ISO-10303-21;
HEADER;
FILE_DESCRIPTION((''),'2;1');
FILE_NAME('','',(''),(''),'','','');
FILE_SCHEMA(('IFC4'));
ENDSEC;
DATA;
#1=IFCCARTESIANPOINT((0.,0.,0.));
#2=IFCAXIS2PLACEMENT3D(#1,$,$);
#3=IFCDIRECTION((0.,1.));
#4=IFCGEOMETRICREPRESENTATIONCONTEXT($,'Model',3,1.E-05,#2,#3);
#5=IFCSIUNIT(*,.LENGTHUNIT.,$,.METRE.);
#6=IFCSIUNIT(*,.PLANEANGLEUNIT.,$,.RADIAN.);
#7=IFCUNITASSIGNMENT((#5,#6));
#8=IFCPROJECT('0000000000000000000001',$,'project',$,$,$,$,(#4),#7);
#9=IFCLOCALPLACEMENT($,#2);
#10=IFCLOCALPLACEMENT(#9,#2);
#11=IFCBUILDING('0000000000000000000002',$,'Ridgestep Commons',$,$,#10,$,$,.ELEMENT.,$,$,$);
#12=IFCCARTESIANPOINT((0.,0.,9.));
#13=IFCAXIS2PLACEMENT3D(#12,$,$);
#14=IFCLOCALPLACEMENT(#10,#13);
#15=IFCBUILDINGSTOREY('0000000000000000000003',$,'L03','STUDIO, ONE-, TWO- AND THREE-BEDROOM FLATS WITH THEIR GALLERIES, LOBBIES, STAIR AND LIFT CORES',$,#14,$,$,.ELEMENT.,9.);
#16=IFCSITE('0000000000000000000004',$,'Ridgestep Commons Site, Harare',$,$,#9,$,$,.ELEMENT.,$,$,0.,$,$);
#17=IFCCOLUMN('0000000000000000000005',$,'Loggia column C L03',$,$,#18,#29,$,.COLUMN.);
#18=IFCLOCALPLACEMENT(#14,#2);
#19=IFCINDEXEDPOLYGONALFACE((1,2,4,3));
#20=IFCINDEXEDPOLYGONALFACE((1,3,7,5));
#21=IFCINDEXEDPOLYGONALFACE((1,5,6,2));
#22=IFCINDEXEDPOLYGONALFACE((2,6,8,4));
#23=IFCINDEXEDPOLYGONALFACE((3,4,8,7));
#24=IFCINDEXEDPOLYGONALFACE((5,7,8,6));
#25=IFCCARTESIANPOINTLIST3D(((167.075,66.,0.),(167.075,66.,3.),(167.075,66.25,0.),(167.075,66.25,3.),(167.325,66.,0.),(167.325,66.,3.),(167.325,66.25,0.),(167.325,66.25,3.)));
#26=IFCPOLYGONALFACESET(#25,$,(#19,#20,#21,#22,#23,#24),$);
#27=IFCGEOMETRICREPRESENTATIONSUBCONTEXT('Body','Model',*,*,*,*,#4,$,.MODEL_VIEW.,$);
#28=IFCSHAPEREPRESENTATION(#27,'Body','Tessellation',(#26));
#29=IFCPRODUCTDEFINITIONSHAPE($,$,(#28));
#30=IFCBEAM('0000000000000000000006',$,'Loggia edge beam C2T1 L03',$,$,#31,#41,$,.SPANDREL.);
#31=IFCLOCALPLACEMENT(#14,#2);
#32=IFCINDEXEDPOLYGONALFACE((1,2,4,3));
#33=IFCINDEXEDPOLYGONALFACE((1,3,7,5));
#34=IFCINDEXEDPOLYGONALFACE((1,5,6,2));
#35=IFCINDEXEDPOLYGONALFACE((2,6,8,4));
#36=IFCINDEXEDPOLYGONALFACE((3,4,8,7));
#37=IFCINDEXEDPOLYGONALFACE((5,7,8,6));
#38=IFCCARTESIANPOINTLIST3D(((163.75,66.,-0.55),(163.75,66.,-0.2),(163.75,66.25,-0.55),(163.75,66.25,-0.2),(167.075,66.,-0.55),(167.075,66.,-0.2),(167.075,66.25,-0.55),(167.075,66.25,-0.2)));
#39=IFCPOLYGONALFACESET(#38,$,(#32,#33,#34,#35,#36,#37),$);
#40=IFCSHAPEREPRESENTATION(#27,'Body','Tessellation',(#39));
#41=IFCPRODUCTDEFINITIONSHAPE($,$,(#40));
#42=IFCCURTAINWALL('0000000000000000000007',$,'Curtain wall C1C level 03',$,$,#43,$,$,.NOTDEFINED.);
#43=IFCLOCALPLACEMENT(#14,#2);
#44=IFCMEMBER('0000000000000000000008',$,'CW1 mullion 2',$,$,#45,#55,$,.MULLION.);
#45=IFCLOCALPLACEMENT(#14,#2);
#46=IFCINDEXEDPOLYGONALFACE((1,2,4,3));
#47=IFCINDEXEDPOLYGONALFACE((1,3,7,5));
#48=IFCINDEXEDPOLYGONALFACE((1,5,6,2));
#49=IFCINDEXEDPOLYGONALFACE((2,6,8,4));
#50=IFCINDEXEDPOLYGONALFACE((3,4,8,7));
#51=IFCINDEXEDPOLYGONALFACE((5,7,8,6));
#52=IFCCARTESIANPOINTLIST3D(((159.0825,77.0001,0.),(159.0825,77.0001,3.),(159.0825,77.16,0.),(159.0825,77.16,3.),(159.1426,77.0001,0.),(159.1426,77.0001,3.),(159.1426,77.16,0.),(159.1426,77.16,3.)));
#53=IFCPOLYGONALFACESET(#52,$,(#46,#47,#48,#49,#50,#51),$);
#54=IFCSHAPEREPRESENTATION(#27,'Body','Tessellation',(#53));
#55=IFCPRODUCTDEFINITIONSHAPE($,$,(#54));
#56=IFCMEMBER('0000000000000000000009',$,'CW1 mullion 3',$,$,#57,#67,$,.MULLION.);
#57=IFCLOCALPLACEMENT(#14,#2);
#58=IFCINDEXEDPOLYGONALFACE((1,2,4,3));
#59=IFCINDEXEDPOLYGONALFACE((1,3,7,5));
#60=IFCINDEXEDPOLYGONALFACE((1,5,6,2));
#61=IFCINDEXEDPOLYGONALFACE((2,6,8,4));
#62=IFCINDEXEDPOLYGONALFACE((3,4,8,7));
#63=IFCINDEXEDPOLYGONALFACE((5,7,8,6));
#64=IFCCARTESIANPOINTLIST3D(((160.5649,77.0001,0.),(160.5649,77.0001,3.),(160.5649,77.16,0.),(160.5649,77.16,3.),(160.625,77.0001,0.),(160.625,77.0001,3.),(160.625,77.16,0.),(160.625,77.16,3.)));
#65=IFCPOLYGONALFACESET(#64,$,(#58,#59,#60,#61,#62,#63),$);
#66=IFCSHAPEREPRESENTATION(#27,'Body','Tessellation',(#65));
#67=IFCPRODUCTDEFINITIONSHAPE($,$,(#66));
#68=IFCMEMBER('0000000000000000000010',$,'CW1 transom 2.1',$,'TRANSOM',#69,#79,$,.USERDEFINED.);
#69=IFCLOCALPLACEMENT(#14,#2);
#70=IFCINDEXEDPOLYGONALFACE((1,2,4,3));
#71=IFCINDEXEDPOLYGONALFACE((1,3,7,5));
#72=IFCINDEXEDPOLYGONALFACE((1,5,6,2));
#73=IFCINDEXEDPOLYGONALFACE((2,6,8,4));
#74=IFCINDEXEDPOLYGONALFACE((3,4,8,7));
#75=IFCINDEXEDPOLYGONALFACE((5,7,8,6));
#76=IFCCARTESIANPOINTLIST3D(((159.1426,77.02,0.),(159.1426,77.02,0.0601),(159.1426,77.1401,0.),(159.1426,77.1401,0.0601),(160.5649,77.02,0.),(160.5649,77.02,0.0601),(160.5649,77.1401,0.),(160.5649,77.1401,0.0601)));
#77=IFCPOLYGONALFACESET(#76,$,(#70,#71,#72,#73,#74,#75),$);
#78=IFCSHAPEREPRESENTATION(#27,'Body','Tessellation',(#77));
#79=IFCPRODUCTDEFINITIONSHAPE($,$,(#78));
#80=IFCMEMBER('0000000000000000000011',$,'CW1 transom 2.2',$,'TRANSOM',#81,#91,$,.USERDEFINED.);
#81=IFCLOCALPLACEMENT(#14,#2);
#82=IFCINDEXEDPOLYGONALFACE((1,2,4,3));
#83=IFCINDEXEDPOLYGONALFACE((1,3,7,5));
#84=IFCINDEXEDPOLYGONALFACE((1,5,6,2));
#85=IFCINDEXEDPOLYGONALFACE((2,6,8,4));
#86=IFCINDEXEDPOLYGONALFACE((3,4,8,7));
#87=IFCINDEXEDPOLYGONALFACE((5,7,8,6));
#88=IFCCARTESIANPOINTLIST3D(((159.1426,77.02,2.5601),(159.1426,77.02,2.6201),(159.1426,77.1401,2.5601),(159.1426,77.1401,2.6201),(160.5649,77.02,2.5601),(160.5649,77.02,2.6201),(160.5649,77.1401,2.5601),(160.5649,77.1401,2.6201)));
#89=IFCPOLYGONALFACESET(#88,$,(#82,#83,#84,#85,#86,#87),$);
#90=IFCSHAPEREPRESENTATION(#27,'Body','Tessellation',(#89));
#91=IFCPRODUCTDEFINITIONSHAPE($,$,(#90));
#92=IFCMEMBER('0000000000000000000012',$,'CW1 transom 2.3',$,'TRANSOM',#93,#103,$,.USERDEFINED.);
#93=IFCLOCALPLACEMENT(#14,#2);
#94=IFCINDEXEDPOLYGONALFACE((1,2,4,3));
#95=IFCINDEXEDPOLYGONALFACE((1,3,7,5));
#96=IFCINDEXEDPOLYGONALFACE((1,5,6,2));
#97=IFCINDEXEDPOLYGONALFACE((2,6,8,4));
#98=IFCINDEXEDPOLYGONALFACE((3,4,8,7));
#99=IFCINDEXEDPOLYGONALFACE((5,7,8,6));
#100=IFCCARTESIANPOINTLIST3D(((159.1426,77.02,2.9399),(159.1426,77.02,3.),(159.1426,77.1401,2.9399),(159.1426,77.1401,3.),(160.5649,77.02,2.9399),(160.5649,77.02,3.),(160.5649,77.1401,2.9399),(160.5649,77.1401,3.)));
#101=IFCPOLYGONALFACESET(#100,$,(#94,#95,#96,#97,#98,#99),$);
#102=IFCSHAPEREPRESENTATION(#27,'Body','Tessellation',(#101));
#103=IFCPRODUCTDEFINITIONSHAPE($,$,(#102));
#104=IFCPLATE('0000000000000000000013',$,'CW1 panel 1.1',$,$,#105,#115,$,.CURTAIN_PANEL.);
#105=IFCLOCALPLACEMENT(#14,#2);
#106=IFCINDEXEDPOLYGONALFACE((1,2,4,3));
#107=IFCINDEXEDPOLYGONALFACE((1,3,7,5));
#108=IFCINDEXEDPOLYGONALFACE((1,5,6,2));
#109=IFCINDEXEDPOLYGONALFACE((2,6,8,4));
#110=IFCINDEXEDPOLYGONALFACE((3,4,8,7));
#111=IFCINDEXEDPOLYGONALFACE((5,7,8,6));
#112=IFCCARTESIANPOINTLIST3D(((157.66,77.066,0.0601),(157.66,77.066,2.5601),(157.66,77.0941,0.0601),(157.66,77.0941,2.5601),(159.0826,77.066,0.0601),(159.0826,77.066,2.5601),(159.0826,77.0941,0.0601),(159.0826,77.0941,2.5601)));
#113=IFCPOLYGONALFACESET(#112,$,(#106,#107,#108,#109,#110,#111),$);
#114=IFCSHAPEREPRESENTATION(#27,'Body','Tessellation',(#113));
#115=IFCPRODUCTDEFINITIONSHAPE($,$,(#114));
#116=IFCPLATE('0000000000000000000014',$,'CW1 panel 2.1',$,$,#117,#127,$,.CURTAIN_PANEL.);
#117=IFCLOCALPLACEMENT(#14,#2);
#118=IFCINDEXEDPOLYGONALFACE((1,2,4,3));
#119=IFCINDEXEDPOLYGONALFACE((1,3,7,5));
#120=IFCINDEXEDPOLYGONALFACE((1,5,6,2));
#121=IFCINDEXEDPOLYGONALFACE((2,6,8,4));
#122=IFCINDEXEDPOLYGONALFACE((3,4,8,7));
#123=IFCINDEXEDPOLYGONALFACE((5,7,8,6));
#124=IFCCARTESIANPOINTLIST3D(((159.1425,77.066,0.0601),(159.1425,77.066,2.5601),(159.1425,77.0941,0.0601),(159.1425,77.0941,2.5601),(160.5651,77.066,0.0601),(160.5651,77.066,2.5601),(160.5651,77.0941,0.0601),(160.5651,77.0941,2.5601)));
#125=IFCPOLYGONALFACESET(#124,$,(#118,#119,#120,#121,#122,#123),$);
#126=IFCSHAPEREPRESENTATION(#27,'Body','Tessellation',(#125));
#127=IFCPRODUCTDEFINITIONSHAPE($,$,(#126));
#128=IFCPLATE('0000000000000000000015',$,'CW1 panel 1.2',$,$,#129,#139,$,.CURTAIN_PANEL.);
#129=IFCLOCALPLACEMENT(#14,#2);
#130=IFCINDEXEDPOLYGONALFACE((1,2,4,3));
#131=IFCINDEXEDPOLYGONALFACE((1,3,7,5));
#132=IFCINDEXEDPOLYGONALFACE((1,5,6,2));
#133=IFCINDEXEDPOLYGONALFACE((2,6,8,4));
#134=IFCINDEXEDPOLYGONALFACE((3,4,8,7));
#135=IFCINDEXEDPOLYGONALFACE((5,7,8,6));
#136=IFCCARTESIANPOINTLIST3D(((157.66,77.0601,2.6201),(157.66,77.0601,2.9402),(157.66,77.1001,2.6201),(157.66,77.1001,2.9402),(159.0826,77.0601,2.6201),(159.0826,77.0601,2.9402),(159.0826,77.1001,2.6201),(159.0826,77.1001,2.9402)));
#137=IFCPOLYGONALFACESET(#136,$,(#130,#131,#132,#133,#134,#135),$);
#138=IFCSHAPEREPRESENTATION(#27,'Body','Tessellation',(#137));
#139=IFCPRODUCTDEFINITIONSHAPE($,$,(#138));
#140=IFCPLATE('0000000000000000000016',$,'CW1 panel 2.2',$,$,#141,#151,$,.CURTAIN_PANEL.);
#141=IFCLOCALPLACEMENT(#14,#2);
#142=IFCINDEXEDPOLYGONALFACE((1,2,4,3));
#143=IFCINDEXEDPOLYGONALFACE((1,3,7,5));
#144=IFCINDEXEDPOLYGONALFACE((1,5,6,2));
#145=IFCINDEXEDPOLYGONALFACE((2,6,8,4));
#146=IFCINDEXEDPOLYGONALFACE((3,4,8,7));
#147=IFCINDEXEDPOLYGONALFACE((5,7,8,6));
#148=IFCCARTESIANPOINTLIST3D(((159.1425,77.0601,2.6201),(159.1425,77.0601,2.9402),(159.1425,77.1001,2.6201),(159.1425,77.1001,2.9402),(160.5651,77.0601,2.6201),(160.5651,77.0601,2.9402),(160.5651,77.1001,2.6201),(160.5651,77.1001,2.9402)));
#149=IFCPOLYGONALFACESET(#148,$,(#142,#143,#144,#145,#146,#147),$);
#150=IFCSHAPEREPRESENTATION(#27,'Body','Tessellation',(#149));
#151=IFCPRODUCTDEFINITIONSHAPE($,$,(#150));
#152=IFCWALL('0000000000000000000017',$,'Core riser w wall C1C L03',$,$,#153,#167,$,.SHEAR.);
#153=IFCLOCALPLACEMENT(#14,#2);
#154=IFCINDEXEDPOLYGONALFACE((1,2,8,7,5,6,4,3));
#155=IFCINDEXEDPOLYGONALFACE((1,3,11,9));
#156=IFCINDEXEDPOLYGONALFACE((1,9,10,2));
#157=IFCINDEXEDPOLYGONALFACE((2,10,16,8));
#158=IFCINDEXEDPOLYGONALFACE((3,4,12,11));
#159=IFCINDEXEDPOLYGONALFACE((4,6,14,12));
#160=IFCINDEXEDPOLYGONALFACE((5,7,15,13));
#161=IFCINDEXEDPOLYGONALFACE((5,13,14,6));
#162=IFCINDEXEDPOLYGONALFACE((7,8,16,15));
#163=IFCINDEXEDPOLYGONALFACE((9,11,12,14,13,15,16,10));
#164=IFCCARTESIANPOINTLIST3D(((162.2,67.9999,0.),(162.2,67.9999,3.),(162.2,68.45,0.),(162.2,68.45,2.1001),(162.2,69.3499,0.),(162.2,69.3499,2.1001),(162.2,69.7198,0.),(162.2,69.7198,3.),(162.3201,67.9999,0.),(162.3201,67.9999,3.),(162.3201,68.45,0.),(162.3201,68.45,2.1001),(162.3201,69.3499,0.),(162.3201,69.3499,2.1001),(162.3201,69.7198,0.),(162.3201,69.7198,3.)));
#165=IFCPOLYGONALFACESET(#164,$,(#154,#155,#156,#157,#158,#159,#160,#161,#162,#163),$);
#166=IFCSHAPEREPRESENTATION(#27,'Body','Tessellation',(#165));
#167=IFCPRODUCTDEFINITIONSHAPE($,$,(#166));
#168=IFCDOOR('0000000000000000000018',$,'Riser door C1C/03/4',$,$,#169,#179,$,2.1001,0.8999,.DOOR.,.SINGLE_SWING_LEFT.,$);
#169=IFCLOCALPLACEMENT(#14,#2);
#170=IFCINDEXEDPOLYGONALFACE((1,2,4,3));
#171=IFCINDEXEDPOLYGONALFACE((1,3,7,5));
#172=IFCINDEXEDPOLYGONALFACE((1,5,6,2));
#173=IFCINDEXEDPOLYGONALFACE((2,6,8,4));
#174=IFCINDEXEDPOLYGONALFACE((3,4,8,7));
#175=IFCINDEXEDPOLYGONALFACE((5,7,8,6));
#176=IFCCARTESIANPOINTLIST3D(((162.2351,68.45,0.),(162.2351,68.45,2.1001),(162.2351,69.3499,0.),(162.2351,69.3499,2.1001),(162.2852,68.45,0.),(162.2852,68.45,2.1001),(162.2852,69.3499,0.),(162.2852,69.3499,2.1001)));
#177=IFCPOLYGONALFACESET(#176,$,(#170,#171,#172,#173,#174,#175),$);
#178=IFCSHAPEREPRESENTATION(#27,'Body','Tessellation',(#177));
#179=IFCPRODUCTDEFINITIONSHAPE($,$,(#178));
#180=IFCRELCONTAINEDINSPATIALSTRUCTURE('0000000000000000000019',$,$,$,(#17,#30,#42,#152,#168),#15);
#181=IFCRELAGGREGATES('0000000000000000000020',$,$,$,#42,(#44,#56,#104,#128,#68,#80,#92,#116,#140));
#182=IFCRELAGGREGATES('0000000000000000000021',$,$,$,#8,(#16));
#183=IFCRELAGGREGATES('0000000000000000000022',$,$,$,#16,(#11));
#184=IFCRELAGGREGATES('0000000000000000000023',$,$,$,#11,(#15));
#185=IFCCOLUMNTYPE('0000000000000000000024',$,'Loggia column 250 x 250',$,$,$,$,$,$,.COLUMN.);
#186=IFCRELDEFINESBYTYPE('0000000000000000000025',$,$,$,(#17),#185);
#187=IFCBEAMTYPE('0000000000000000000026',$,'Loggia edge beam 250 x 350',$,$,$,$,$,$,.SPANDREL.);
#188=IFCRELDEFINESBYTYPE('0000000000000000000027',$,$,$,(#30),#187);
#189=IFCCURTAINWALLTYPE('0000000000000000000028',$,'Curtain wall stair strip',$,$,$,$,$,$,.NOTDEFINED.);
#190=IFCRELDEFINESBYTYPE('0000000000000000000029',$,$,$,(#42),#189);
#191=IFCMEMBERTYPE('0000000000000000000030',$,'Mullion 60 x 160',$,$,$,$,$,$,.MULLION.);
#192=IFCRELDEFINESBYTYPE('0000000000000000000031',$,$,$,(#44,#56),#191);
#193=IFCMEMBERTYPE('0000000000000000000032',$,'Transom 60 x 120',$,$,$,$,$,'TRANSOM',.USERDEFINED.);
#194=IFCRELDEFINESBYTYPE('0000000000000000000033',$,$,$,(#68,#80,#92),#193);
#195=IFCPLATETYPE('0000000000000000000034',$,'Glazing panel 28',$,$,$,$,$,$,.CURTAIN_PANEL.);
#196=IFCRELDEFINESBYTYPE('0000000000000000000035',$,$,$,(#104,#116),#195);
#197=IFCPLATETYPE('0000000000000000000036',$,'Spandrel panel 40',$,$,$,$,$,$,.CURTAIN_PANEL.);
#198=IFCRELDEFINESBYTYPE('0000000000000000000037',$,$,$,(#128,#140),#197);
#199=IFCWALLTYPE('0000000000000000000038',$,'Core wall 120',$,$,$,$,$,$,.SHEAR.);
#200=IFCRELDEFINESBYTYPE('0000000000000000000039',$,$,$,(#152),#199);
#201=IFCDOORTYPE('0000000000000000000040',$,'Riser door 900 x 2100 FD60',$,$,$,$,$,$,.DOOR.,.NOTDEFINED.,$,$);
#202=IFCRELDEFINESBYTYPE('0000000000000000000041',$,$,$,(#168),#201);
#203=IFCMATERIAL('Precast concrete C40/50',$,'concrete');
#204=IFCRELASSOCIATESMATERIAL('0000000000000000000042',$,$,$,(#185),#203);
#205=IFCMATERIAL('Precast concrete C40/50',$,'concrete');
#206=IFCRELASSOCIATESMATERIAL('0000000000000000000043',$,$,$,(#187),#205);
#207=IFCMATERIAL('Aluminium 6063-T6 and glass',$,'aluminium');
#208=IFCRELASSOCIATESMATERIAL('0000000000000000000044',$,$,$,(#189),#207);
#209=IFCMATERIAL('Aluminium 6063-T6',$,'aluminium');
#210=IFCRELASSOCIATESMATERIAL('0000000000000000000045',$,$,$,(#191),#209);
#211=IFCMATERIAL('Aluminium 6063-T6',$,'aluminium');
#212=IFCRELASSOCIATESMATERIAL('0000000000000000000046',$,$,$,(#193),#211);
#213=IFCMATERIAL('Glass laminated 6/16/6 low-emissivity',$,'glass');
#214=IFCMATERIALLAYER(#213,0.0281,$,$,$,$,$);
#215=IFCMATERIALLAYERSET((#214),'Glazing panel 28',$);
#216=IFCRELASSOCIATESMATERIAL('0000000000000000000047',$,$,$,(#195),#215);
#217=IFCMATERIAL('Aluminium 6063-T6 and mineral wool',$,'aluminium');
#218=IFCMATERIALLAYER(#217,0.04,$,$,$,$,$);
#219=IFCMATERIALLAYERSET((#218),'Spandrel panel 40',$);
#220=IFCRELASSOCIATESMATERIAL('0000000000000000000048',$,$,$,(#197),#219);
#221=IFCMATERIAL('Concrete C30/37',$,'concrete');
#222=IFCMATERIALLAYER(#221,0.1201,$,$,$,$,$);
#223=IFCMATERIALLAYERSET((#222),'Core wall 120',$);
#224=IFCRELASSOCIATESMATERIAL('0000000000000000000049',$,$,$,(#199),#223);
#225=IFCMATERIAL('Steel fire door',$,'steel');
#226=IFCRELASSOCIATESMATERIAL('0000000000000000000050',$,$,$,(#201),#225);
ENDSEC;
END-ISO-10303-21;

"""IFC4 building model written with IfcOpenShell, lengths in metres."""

from ifc_helpers import new_model, si_unit, direction, frame, frame_2d, origin, origin_2d, place, context, subcontext, project, spatial, rectangle, extrude, material, layer, layer_set, material_profile, profile_set, type_object, element, fill, aggregate, save


model = new_model("IFC4")

# Units and contexts
model_context = context("Model", 3, precision=1e-05, world=origin(), true_north=direction((0.0, 1.0)))
body_context = subcontext(model_context, "Body", "Model", "MODEL_VIEW")
ifc_project = project(units=[si_unit("LENGTHUNIT", "METRE"), si_unit("PLANEANGLEUNIT", "RADIAN")], contexts=[model_context])

# Site, building, storey
site_placement = place(None, origin())
site = spatial("IfcSite", under=ifc_project, at=site_placement, Name="Ridgestep Commons Site, Harare", CompositionType="ELEMENT", RefElevation=0.0)
building_placement = place(site_placement, origin())
building = spatial("IfcBuilding", under=site, at=building_placement, Name="Ridgestep Commons", CompositionType="ELEMENT")
storey_placement = place(building_placement, frame((0.0, 0.0, 9.0)))
storey = spatial("IfcBuildingStorey", under=building, at=storey_placement, Name="L03", Description="STUDIO, ONE-, TWO- AND THREE-BEDROOM FLATS WITH THEIR GALLERIES, LOBBIES, STAIR AND LIFT CORES", CompositionType="ELEMENT", Elevation=9.0)

# Column
ifc_material_1 = material(Name="Precast concrete C40/50", Category="concrete")
ifc_material_profile_1 = material_profile(ifc_material_1, rectangle(XDim=0.25, YDim=0.25, at=origin_2d()), Name="PC 250x250")
ifc_profile_set_1 = profile_set([ifc_material_profile_1], Name="Precast concrete C40/50")
column_type = type_object("IfcColumnType", Name="Loggia column 250 x 250", PredefinedType="COLUMN", material=ifc_profile_set_1)
column_placement = place(storey_placement, frame((167.2, 66.125, 0.0), z_axis=(0.0, 0.0, 1.0), x_axis=(1.0, 0.0, 0.0)))
element("IfcColumn", 1, at=column_placement, inside=storey, type_object=column_type, Name="Loggia column C L03", PredefinedType="COLUMN", context=body_context, shape_type="SweptSolid", body=[
    extrude(rectangle(XDim=0.25, YDim=0.25, at=origin_2d()), origin(), (0.0, 0.0, 1.0), 3.0),
])

# Beam
ifc_material_2 = material(Name="Precast concrete C40/50", Category="concrete")
ifc_material_profile_2 = material_profile(ifc_material_2, rectangle(XDim=0.25, YDim=0.3501, at=origin_2d()), Name="PC 250x350")
ifc_profile_set_2 = profile_set([ifc_material_profile_2], Name="Precast concrete C40/50")
beam_type = type_object("IfcBeamType", Name="Loggia edge beam 250 x 350", PredefinedType="SPANDREL", material=ifc_profile_set_2)
beam_placement = place(storey_placement, frame((163.75, 66.125, -0.375), z_axis=(1.0, 0.0, 0.0), x_axis=(0.0, 1.0, 0.0)))
element("IfcBeam", 2, at=beam_placement, inside=storey, type_object=beam_type, Name="Loggia edge beam C2T1 L03", PredefinedType="SPANDREL", context=body_context, shape_type="SweptSolid", body=[
    extrude(rectangle(XDim=0.25, YDim=0.3501, at=origin_2d()), origin(), (0.0, 0.0, 1.0), 3.325),
])

# Curtain wall, members, plates
ifc_material_3 = material(Name="Aluminium 6063-T6 and glass", Category="aluminium")
curtain_wall_type = type_object("IfcCurtainWallType", Name="Curtain wall stair strip", PredefinedType="NOTDEFINED", material=ifc_material_3)
curtain_wall_placement = place(storey_placement, origin())
curtain_wall = element("IfcCurtainWall", 3, at=curtain_wall_placement, inside=storey, type_object=curtain_wall_type, Name="Curtain wall C1C level 03", PredefinedType="NOTDEFINED")
ifc_material_4 = material(Name="Aluminium 6063-T6", Category="aluminium")
ifc_material_profile_3 = material_profile(ifc_material_4, rectangle(XDim=0.1599, YDim=0.0601, at=origin_2d()), Name="Mullion 60 x 160")
ifc_profile_set_3 = profile_set([ifc_material_profile_3], Name="Aluminium 6063-T6")
member_type_1 = type_object("IfcMemberType", Name="Mullion 60 x 160", PredefinedType="MULLION", material=ifc_profile_set_3)
member_1_placement = place(storey_placement, frame((159.1125, 77.0801, 0.0), z_axis=(0.0, 0.0, 1.0), x_axis=(0.0, 1.0, 0.0)))
member_1 = element("IfcMember", 4, at=member_1_placement, type_object=member_type_1, Name="CW1 mullion 2", PredefinedType="MULLION", context=body_context, shape_type="SweptSolid", body=[
    extrude(rectangle(XDim=0.1599, YDim=0.0601, at=origin_2d()), origin(), (0.0, 0.0, 1.0), 3.0),
])
member_2_placement = place(storey_placement, frame((160.595, 77.0801, 0.0), z_axis=(0.0, 0.0, 1.0), x_axis=(0.0, 1.0, 0.0)))
member_2 = element("IfcMember", 5, at=member_2_placement, type_object=member_type_1, Name="CW1 mullion 3", PredefinedType="MULLION", context=body_context, shape_type="SweptSolid", body=[
    extrude(rectangle(XDim=0.1599, YDim=0.0601, at=origin_2d()), origin(), (0.0, 0.0, 1.0), 3.0),
])
ifc_material_5 = material(Name="Aluminium 6063-T6", Category="aluminium")
ifc_material_profile_4 = material_profile(ifc_material_5, rectangle(XDim=0.1201, YDim=0.0601, at=origin_2d()), Name="Transom 60 x 120")
ifc_profile_set_4 = profile_set([ifc_material_profile_4], Name="Aluminium 6063-T6")
member_type_2 = type_object("IfcMemberType", Name="Transom 60 x 120", ElementType="TRANSOM", PredefinedType="USERDEFINED", material=ifc_profile_set_4)
member_3_placement = place(storey_placement, frame((159.1426, 77.0801, 0.03), z_axis=(1.0, 0.0, 0.0), x_axis=(0.0, 1.0, 0.0)))
member_3 = element("IfcMember", 6, at=member_3_placement, type_object=member_type_2, Name="CW1 transom 2.1", ObjectType="TRANSOM", PredefinedType="USERDEFINED", context=body_context, shape_type="SweptSolid", body=[
    extrude(rectangle(XDim=0.1201, YDim=0.0601, at=origin_2d()), origin(), (0.0, 0.0, 1.0), 1.4224),
])
member_4_placement = place(storey_placement, frame((159.1426, 77.0801, 2.5901), z_axis=(1.0, 0.0, 0.0), x_axis=(0.0, 1.0, 0.0)))
member_4 = element("IfcMember", 7, at=member_4_placement, type_object=member_type_2, Name="CW1 transom 2.2", ObjectType="TRANSOM", PredefinedType="USERDEFINED", context=body_context, shape_type="SweptSolid", body=[
    extrude(rectangle(XDim=0.1201, YDim=0.0601, at=origin_2d()), origin(), (0.0, 0.0, 1.0), 1.4224),
])
member_5_placement = place(storey_placement, frame((159.1426, 77.0801, 2.97), z_axis=(1.0, 0.0, 0.0), x_axis=(0.0, 1.0, 0.0)))
member_5 = element("IfcMember", 8, at=member_5_placement, type_object=member_type_2, Name="CW1 transom 2.3", ObjectType="TRANSOM", PredefinedType="USERDEFINED", context=body_context, shape_type="SweptSolid", body=[
    extrude(rectangle(XDim=0.1201, YDim=0.0601, at=origin_2d()), origin(), (0.0, 0.0, 1.0), 1.4224),
])
ifc_material_6 = material(Name="Glass laminated 6/16/6 low-emissivity", Category="glass")
ifc_layer_1 = layer(ifc_material_6, 0.0281)
ifc_layer_set_1 = layer_set([ifc_layer_1], Name="Glazing panel 28")
plate_type_1 = type_object("IfcPlateType", Name="Glazing panel 28", PredefinedType="CURTAIN_PANEL", material=ifc_layer_set_1)
plate_1_placement = place(storey_placement, frame((158.3713, 77.0801, 0.0601), z_axis=(0.0, 0.0, 1.0), x_axis=(1.0, 0.0, 0.0)))
plate_1 = element("IfcPlate", 9, at=plate_1_placement, type_object=plate_type_1, Name="CW1 panel 1.1", PredefinedType="CURTAIN_PANEL", context=body_context, shape_type="SweptSolid", body=[
    extrude(rectangle(XDim=1.4226, YDim=0.0281, at=origin_2d()), origin(), (0.0, 0.0, 1.0), 2.5),
])
plate_2_placement = place(storey_placement, frame((159.8538, 77.0801, 0.0601), z_axis=(0.0, 0.0, 1.0), x_axis=(1.0, 0.0, 0.0)))
plate_2 = element("IfcPlate", 10, at=plate_2_placement, type_object=plate_type_1, Name="CW1 panel 2.1", PredefinedType="CURTAIN_PANEL", context=body_context, shape_type="SweptSolid", body=[
    extrude(rectangle(XDim=1.4226, YDim=0.0281, at=origin_2d()), origin(), (0.0, 0.0, 1.0), 2.5),
])
ifc_material_7 = material(Name="Aluminium 6063-T6 and mineral wool", Category="aluminium")
ifc_layer_2 = layer(ifc_material_7, 0.04)
ifc_layer_set_2 = layer_set([ifc_layer_2], Name="Spandrel panel 40")
plate_type_2 = type_object("IfcPlateType", Name="Spandrel panel 40", PredefinedType="CURTAIN_PANEL", material=ifc_layer_set_2)
plate_3_placement = place(storey_placement, frame((158.3713, 77.0801, 2.6201), z_axis=(0.0, 0.0, 1.0), x_axis=(1.0, 0.0, 0.0)))
plate_3 = element("IfcPlate", 11, at=plate_3_placement, type_object=plate_type_2, Name="CW1 panel 1.2", PredefinedType="CURTAIN_PANEL", context=body_context, shape_type="SweptSolid", body=[
    extrude(rectangle(XDim=1.4226, YDim=0.04, at=origin_2d()), origin(), (0.0, 0.0, 1.0), 0.3201),
])
plate_4_placement = place(storey_placement, frame((159.8538, 77.0801, 2.6201), z_axis=(0.0, 0.0, 1.0), x_axis=(1.0, 0.0, 0.0)))
plate_4 = element("IfcPlate", 12, at=plate_4_placement, type_object=plate_type_2, Name="CW1 panel 2.2", PredefinedType="CURTAIN_PANEL", context=body_context, shape_type="SweptSolid", body=[
    extrude(rectangle(XDim=1.4226, YDim=0.04, at=origin_2d()), origin(), (0.0, 0.0, 1.0), 0.3201),
])
aggregate(curtain_wall, [member_1, member_2, plate_1, plate_3, member_3, member_4, member_5, plate_2, plate_4])

# Wall, opening, door
ifc_material_8 = material(Name="Concrete C30/37", Category="concrete")
ifc_layer_3 = layer(ifc_material_8, 0.1201)
ifc_layer_set_3 = layer_set([ifc_layer_3], Name="Core wall 120")
wall_type_1 = type_object("IfcWallType", Name="Core wall 120", PredefinedType="SHEAR", material=ifc_layer_set_3)
wall_1_placement = place(storey_placement, frame((162.26, 68.0, 0.0), z_axis=(0.0, 0.0, 1.0), x_axis=(0.0, 1.0, 0.0)))
wall_1 = element("IfcWall", 13, at=wall_1_placement, inside=storey, type_object=wall_type_1, Name="Core riser w wall C1C L03", PredefinedType="SHEAR", context=body_context, shape_type="SweptSolid", body=[
    extrude(rectangle(XDim=1.72, YDim=0.1201, at=frame_2d((0.8599, 0.0))), origin(), (0.0, 0.0, 1.0), 3.0),
])
opening_1_placement = place(wall_1_placement, frame((0.45, 0.0, 0.0)))
opening_1 = element("IfcOpeningElement", 14, at=opening_1_placement, cuts=wall_1, PredefinedType="OPENING", context=body_context, shape_type="SweptSolid", body=[
    extrude(rectangle(XDim=0.8999, YDim=2.1001, at=frame_2d((0.45, 1.05))), frame((0.0, 0.0701, 0.0), z_axis=(0.0, -1.0, 0.0), x_axis=(1.0, 0.0, 0.0)), (0.0, 0.0, 1.0), 0.1401),
])
ifc_material_9 = material(Name="Steel fire door", Category="steel")
door_type_1 = type_object("IfcDoorType", Name="Riser door 900 x 2100 FD60", OperationType="NOTDEFINED", PredefinedType="DOOR", material=ifc_material_9)
door_1_placement = place(opening_1_placement, origin())
door_1 = element("IfcDoor", 15, at=door_1_placement, inside=storey, type_object=door_type_1, Name="Riser door C1C/03/4", OperationType="SINGLE_SWING_LEFT", OverallHeight=2.1001, OverallWidth=0.8999, PredefinedType="DOOR", context=body_context, shape_type="SweptSolid", body=[
    extrude(rectangle(XDim=0.8999, YDim=2.1001, at=frame_2d((0.45, 1.05))), frame((0.0, 0.0249, 0.0), z_axis=(0.0, -1.0, 0.0), x_axis=(1.0, 0.0, 0.0)), (0.0, 0.0, 1.0), 0.05),
])
fill(opening_1, door_1)

save(model, "model.ifc")
